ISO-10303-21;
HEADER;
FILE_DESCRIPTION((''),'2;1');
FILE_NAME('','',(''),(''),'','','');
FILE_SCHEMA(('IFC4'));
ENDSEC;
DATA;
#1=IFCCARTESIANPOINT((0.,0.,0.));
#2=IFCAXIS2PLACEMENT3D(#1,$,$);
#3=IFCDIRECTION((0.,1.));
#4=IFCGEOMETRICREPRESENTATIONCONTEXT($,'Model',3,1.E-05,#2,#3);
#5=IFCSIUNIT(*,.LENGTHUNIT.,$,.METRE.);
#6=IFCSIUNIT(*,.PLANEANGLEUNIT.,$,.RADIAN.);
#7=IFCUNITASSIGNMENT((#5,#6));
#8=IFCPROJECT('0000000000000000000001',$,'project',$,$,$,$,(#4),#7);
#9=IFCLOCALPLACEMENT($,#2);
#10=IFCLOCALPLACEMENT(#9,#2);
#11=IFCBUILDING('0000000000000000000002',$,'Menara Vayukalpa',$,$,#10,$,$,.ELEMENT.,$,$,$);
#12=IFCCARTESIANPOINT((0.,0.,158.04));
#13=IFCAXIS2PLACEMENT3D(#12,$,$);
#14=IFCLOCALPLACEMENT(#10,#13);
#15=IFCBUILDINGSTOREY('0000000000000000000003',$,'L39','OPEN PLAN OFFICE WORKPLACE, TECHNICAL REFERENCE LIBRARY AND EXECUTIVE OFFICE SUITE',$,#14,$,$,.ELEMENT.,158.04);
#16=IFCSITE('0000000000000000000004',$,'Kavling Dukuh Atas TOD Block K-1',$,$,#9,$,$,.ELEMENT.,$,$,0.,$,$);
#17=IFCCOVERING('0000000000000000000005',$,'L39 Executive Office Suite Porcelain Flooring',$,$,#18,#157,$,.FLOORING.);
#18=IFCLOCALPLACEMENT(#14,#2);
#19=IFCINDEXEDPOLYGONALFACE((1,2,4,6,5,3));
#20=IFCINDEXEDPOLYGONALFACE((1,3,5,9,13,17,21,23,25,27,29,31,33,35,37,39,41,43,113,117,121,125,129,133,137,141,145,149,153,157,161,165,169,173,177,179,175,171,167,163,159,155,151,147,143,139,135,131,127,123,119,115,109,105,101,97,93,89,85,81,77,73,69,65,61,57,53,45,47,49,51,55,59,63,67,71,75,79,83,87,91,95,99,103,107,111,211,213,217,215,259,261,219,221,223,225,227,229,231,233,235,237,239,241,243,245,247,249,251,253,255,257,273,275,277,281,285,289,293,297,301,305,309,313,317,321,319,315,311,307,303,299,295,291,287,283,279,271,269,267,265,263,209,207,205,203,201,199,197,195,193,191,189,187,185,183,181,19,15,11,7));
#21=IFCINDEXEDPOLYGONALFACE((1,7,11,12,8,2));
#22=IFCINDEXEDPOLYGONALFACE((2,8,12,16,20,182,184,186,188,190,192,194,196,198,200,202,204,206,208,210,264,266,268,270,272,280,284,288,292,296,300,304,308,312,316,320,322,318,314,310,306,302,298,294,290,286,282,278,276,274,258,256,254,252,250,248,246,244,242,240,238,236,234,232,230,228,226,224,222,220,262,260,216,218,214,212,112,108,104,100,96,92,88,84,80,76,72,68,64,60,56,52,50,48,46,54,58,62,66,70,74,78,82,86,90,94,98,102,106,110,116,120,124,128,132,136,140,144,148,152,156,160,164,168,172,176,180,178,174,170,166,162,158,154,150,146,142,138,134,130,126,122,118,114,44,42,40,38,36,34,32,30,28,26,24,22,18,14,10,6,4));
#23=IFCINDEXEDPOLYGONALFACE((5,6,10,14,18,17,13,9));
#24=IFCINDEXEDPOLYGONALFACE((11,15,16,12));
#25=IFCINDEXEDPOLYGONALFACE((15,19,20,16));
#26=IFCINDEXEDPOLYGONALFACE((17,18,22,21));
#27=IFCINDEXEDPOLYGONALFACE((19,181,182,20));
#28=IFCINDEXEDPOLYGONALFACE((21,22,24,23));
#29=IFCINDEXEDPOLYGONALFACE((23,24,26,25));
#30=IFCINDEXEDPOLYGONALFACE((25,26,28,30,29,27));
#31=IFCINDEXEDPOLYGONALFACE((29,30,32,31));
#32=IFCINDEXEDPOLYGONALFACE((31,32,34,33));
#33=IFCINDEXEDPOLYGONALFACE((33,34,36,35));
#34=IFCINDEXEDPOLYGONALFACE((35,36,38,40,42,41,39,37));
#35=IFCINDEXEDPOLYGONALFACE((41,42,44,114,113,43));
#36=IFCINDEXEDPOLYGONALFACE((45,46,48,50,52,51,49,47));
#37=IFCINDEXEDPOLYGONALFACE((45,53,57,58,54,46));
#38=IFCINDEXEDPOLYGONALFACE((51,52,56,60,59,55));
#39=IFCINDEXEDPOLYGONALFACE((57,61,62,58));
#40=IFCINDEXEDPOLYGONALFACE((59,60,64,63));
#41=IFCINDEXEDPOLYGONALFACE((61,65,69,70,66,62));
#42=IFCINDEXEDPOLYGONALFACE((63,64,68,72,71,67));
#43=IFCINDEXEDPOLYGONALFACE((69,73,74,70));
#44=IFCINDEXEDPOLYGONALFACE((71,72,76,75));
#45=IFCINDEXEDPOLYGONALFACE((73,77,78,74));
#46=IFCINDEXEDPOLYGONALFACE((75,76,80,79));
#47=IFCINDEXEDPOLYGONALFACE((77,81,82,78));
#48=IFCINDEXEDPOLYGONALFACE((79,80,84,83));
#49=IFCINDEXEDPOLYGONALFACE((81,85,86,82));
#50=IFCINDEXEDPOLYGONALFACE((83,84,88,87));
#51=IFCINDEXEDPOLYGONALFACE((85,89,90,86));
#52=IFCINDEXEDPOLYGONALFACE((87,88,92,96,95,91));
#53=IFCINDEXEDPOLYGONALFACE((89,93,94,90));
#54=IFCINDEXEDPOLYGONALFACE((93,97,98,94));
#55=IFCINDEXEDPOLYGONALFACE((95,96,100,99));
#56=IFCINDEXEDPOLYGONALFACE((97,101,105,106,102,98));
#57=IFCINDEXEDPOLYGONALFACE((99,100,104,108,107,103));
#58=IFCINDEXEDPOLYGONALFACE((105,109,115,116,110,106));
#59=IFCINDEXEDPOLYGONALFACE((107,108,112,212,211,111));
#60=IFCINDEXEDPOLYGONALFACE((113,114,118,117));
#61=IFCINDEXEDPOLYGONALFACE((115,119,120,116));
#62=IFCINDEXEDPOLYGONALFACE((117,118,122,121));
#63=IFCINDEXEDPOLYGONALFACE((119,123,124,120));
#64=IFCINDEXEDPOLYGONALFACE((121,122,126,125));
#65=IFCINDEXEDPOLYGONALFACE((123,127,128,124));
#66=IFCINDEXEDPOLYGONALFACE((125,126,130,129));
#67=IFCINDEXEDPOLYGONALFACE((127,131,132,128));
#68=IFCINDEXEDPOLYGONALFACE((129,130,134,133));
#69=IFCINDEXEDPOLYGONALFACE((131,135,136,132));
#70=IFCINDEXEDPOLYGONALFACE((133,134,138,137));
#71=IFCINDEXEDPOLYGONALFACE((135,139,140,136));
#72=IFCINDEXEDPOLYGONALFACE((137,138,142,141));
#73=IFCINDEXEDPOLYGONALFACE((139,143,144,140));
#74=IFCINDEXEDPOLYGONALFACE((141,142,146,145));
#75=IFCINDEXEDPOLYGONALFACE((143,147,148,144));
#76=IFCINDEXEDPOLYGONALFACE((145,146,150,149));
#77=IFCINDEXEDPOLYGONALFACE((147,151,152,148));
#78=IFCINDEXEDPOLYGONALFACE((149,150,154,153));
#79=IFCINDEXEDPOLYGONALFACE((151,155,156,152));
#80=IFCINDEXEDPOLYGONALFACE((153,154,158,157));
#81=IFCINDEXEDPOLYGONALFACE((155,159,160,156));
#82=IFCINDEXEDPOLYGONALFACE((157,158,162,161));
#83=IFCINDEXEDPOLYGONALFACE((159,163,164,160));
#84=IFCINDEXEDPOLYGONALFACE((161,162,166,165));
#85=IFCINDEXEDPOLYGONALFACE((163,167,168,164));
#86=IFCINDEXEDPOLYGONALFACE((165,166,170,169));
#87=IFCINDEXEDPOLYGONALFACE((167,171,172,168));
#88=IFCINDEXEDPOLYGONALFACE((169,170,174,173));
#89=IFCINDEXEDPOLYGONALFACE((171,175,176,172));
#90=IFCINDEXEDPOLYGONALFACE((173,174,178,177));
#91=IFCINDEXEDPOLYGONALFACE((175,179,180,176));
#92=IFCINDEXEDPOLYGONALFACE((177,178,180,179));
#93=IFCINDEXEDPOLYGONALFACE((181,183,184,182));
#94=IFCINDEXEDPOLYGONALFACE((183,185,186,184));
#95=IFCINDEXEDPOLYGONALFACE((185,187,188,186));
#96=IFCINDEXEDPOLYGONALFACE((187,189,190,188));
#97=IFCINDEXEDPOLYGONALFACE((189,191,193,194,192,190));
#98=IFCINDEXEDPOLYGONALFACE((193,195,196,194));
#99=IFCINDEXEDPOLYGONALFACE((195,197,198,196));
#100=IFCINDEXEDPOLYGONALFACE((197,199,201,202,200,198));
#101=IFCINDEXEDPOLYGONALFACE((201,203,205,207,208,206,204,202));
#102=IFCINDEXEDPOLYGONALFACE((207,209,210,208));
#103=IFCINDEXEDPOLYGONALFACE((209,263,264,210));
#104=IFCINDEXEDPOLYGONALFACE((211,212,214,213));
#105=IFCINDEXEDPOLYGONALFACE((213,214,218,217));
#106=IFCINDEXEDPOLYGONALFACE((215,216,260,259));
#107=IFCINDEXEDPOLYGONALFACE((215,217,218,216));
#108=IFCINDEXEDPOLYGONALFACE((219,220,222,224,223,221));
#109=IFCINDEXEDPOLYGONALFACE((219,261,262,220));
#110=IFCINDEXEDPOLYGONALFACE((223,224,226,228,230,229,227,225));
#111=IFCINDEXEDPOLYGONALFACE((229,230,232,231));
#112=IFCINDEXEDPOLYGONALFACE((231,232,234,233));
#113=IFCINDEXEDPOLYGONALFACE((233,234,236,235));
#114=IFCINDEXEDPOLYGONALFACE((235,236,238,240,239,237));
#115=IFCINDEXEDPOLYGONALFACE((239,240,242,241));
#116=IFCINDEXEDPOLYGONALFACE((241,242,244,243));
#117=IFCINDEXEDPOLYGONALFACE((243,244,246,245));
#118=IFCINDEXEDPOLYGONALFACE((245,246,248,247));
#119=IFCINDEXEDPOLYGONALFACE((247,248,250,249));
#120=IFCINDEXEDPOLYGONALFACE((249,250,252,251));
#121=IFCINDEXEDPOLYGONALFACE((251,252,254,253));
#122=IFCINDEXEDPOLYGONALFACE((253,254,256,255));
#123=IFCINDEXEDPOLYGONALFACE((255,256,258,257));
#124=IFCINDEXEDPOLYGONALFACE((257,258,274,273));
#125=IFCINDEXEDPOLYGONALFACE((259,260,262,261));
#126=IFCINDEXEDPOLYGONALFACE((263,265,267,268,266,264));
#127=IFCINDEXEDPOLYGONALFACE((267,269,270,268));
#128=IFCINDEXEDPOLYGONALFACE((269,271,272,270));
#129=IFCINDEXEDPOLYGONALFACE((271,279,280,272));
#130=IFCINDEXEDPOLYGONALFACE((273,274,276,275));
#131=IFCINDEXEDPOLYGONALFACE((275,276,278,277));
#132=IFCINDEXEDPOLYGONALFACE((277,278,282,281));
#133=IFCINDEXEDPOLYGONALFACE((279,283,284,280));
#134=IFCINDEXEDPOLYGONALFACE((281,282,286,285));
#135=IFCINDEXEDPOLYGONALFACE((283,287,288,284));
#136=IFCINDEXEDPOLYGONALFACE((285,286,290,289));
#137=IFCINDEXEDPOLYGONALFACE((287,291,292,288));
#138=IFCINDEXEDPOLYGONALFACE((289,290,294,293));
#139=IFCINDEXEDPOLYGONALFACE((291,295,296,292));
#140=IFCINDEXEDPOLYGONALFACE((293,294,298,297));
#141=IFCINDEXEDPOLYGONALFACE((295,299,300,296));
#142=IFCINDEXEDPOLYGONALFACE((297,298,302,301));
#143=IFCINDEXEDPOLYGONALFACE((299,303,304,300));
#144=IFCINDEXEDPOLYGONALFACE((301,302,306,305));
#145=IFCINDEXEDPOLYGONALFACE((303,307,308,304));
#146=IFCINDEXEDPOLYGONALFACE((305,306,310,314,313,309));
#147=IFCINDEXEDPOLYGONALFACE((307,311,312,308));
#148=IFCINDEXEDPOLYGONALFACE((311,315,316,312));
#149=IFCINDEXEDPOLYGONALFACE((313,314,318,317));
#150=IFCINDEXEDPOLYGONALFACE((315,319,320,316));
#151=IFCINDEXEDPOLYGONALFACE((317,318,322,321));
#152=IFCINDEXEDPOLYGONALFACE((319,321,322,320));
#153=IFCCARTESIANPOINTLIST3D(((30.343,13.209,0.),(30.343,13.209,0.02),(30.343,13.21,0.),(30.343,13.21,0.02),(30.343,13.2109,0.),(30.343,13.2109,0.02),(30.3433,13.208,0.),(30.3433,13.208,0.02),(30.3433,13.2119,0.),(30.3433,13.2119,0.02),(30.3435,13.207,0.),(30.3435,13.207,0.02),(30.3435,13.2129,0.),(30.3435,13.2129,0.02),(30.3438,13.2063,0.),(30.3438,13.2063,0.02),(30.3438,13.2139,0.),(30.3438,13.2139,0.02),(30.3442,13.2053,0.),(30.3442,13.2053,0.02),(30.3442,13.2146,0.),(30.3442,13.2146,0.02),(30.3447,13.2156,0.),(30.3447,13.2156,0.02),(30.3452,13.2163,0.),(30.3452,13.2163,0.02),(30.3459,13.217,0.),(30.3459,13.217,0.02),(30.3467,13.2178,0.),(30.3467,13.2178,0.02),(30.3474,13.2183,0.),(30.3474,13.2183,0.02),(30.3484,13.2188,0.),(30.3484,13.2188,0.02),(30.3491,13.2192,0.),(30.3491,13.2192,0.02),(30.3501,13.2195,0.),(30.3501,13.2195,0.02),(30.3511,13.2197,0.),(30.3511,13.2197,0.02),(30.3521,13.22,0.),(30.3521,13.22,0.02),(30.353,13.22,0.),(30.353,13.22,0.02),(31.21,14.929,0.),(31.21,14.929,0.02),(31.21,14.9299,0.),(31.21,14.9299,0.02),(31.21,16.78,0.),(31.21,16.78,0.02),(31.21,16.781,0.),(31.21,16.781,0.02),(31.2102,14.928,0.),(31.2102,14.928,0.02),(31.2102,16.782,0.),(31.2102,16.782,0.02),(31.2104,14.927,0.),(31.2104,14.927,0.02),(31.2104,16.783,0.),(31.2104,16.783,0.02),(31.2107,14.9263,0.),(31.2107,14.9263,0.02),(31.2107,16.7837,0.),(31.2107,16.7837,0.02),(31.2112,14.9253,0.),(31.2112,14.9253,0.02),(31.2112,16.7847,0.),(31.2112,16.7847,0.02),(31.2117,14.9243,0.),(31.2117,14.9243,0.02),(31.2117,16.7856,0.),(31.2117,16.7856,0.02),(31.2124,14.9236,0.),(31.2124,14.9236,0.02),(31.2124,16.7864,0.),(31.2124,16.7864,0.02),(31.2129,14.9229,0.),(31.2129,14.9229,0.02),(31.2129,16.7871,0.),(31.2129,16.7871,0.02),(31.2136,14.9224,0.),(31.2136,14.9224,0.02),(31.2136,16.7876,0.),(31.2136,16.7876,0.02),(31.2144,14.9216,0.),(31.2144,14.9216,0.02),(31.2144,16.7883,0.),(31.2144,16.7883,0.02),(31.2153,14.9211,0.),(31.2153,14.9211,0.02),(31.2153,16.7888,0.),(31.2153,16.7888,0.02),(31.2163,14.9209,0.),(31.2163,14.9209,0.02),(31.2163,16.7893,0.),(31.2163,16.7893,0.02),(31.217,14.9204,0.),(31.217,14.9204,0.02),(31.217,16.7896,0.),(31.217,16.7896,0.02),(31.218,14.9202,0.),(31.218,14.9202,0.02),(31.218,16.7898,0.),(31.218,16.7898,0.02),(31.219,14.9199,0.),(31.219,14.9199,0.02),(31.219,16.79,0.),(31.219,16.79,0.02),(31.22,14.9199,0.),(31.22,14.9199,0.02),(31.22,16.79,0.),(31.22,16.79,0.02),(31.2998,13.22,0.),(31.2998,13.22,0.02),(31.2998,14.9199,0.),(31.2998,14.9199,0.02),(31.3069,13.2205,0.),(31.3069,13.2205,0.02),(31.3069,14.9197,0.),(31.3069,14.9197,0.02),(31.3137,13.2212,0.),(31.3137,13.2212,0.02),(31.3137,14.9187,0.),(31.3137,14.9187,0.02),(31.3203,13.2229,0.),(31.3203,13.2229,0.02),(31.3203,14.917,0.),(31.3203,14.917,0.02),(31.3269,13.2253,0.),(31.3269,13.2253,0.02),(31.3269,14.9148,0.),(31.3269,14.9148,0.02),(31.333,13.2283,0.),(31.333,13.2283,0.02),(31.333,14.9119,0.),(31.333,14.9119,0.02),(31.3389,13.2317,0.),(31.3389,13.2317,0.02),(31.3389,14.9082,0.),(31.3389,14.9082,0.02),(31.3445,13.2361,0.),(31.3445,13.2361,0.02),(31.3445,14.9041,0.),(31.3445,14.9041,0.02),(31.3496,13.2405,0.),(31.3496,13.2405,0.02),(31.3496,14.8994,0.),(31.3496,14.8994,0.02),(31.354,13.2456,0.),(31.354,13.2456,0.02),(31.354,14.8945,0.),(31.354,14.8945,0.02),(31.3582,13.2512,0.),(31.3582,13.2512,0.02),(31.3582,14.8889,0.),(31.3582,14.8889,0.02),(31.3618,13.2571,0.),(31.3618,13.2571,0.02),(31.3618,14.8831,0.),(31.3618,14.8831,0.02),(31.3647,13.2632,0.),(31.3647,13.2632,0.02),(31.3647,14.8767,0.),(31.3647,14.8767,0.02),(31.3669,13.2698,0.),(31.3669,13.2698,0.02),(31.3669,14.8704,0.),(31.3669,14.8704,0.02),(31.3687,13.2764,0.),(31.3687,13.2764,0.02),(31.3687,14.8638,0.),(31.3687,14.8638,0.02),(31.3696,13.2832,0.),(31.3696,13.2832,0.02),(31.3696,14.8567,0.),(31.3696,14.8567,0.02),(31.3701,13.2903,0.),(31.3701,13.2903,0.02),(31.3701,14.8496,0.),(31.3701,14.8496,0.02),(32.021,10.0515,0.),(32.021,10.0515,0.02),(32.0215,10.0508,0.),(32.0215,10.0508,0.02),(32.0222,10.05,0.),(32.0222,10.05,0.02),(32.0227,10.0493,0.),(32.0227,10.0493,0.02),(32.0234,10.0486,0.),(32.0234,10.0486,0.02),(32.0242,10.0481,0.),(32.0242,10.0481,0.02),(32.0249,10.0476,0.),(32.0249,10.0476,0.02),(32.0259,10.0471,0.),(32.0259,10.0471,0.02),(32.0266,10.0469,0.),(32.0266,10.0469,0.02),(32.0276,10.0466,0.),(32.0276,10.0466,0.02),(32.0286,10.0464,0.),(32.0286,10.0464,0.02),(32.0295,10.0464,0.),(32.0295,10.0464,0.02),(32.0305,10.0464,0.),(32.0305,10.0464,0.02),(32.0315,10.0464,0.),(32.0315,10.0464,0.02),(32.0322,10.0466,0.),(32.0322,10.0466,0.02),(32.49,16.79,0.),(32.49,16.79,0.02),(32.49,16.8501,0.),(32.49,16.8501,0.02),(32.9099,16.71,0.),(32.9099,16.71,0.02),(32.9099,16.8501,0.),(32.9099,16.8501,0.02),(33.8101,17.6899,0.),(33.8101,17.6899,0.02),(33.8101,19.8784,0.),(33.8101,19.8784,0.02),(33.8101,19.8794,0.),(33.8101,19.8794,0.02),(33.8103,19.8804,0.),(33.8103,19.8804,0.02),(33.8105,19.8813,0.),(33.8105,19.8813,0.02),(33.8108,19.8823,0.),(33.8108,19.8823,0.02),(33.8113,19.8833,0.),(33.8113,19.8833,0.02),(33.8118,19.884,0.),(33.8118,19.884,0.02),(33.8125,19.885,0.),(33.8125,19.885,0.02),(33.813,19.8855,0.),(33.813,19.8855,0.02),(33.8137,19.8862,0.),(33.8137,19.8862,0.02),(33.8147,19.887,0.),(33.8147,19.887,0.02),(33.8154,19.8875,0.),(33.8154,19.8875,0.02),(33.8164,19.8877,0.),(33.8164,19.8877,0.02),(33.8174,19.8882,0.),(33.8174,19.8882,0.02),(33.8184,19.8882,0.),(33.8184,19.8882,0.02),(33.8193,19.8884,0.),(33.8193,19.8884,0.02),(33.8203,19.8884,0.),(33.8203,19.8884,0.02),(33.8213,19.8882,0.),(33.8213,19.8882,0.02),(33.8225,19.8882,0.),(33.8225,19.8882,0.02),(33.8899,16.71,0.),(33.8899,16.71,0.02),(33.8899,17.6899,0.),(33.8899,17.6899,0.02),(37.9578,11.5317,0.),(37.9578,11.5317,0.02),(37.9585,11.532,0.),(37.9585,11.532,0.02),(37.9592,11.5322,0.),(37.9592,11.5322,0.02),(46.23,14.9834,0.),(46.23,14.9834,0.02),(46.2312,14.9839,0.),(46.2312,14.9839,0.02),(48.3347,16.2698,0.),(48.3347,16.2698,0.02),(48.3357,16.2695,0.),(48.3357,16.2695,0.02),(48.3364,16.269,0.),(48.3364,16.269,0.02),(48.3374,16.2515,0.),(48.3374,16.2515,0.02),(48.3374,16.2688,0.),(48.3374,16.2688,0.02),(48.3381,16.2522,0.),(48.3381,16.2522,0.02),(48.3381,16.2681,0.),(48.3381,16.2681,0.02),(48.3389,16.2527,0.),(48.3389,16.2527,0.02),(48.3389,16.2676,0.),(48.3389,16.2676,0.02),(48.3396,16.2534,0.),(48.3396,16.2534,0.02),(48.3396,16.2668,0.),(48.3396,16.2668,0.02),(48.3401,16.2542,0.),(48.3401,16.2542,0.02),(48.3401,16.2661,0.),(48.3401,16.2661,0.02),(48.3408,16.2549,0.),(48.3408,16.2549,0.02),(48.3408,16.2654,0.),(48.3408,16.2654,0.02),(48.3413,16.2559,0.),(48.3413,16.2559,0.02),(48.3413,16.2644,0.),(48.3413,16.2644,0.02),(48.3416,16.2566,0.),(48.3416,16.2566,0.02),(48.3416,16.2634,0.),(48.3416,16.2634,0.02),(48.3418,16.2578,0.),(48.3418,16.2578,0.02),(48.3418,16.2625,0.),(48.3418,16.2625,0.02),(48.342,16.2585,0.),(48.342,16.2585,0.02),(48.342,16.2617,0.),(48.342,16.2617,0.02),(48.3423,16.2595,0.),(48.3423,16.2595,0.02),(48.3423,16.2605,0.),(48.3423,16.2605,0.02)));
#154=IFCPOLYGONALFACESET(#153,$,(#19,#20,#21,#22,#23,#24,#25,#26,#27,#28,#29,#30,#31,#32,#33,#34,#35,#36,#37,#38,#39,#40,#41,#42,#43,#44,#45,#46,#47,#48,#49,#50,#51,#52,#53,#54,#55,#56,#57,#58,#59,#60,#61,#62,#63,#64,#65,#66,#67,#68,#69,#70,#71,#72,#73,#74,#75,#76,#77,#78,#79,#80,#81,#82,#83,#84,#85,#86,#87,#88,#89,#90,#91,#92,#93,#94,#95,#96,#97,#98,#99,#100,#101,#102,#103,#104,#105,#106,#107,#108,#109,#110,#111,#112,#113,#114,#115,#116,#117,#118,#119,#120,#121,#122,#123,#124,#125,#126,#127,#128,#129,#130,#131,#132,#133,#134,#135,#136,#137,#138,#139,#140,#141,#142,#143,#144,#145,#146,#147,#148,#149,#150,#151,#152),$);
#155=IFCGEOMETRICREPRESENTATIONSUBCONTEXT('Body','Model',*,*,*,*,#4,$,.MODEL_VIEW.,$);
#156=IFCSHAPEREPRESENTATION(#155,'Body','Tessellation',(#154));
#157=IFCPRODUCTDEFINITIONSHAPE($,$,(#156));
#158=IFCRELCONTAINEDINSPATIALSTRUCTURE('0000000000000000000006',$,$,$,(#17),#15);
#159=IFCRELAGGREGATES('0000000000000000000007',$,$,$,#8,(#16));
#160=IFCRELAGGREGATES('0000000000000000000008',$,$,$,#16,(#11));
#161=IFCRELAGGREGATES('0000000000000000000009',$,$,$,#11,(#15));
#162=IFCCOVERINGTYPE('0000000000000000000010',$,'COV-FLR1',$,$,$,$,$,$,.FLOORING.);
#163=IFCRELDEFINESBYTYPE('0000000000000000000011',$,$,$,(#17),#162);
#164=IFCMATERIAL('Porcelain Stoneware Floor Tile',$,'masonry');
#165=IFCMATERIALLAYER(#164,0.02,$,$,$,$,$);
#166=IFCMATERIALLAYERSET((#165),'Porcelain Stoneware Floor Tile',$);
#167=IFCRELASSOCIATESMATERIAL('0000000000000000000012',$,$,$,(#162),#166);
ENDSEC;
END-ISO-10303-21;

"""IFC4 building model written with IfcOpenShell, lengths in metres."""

from ifc_helpers import new_model, si_unit, direction, frame, origin, place, context, subcontext, project, spatial, polyline, outline, extrude, material, layer, layer_set, type_object, element, save


model = new_model("IFC4")

# Units and contexts
model_context = context("Model", 3, precision=1e-05, world=origin(), true_north=direction((0.0, 1.0)))
body_context = subcontext(model_context, "Body", "Model", "MODEL_VIEW")
ifc_project = project(units=[si_unit("LENGTHUNIT", "METRE"), si_unit("PLANEANGLEUNIT", "RADIAN")], contexts=[model_context])

# Site, building, storey
site_placement = place(None, origin())
site = spatial("IfcSite", under=ifc_project, at=site_placement, Name="Kavling Dukuh Atas TOD Block K-1", CompositionType="ELEMENT", RefElevation=0.0)
building_placement = place(site_placement, origin())
building = spatial("IfcBuilding", under=site, at=building_placement, Name="Menara Vayukalpa", CompositionType="ELEMENT")
storey_placement = place(building_placement, frame((0.0, 0.0, 158.04)))
storey = spatial("IfcBuildingStorey", under=building, at=storey_placement, Name="L39", Description="OPEN PLAN OFFICE WORKPLACE, TECHNICAL REFERENCE LIBRARY AND EXECUTIVE OFFICE SUITE", CompositionType="ELEMENT", Elevation=158.04)

# Covering
ifc_material_1 = material(Name="Porcelain Stoneware Floor Tile", Category="masonry")
ifc_layer_1 = layer(ifc_material_1, 0.02)
ifc_layer_set_1 = layer_set([ifc_layer_1], Name="Porcelain Stoneware Floor Tile")
covering_type_1 = type_object("IfcCoveringType", Name="COV-FLR1", PredefinedType="FLOORING", material=ifc_layer_set_1)
covering_1_placement = place(storey_placement, origin())
element("IfcCovering", 1, at=covering_1_placement, inside=storey, type_object=covering_type_1, Name="L39 Executive Office Suite Porcelain Flooring", PredefinedType="FLOORING", context=body_context, shape_type="SweptSolid", body=[
    extrude(outline(polyline([(37.9578, 11.5317), (32.0322, 10.0466), (32.0315, 10.0464), (32.0305, 10.0464), (32.0295, 10.0464), (32.0286, 10.0464), (32.0276, 10.0466), (32.0266, 10.0469), (32.0259, 10.0471), (32.0249, 10.0476), (32.0242, 10.0481), (32.0234, 10.0486), (32.0227, 10.0493), (32.0222, 10.05), (32.0215, 10.0508), (32.021, 10.0515), (30.3442, 13.2053), (30.3438, 13.2063), (30.3435, 13.207), (30.3433, 13.208), (30.343, 13.209), (30.343, 13.21), (30.343, 13.2109), (30.3433, 13.2119), (30.3435, 13.2129), (30.3438, 13.2139), (30.3442, 13.2146), (30.3447, 13.2156), (30.3452, 13.2163), (30.3459, 13.217), (30.3467, 13.2178), (30.3474, 13.2183), (30.3484, 13.2188), (30.3491, 13.2192), (30.3501, 13.2195), (30.3511, 13.2197), (30.3521, 13.22), (30.353, 13.22), (31.2998, 13.22), (31.3069, 13.2205), (31.3137, 13.2212), (31.3203, 13.2229), (31.3269, 13.2253), (31.333, 13.2283), (31.3389, 13.2317), (31.3445, 13.2361), (31.3496, 13.2405), (31.354, 13.2456), (31.3582, 13.2512), (31.3618, 13.2571), (31.3647, 13.2632), (31.3669, 13.2698), (31.3687, 13.2764), (31.3696, 13.2832), (31.3701, 13.2903), (31.3701, 14.8496), (31.3696, 14.8567), (31.3687, 14.8638), (31.3669, 14.8704), (31.3647, 14.8767), (31.3618, 14.8831), (31.3582, 14.8889), (31.354, 14.8945), (31.3496, 14.8994), (31.3445, 14.9041), (31.3389, 14.9082), (31.333, 14.9119), (31.3269, 14.9148), (31.3203, 14.917), (31.3137, 14.9187), (31.3069, 14.9197), (31.2998, 14.9199), (31.22, 14.9199), (31.219, 14.9199), (31.218, 14.9202), (31.217, 14.9204), (31.2163, 14.9209), (31.2153, 14.9211), (31.2144, 14.9216), (31.2136, 14.9224), (31.2129, 14.9229), (31.2124, 14.9236), (31.2117, 14.9243), (31.2112, 14.9253), (31.2107, 14.9263), (31.2104, 14.927), (31.2102, 14.928), (31.21, 14.929), (31.21, 14.9299), (31.21, 16.78), (31.21, 16.781), (31.2102, 16.782), (31.2104, 16.783), (31.2107, 16.7837), (31.2112, 16.7847), (31.2117, 16.7856), (31.2124, 16.7864), (31.2129, 16.7871), (31.2136, 16.7876), (31.2144, 16.7883), (31.2153, 16.7888), (31.2163, 16.7893), (31.217, 16.7896), (31.218, 16.7898), (31.219, 16.79), (31.22, 16.79), (32.49, 16.79), (32.49, 16.8501), (32.9099, 16.8501), (32.9099, 16.71), (33.8899, 16.71), (33.8899, 17.6899), (33.8101, 17.6899), (33.8101, 19.8784), (33.8101, 19.8794), (33.8103, 19.8804), (33.8105, 19.8813), (33.8108, 19.8823), (33.8113, 19.8833), (33.8118, 19.884), (33.8125, 19.885), (33.813, 19.8855), (33.8137, 19.8862), (33.8147, 19.887), (33.8154, 19.8875), (33.8164, 19.8877), (33.8174, 19.8882), (33.8184, 19.8882), (33.8193, 19.8884), (33.8203, 19.8884), (33.8213, 19.8882), (33.8225, 19.8882), (48.3347, 16.2698), (48.3357, 16.2695), (48.3364, 16.269), (48.3374, 16.2688), (48.3381, 16.2681), (48.3389, 16.2676), (48.3396, 16.2668), (48.3401, 16.2661), (48.3408, 16.2654), (48.3413, 16.2644), (48.3416, 16.2634), (48.3418, 16.2625), (48.342, 16.2617), (48.3423, 16.2605), (48.3423, 16.2595), (48.342, 16.2585), (48.3418, 16.2578), (48.3416, 16.2566), (48.3413, 16.2559), (48.3408, 16.2549), (48.3401, 16.2542), (48.3396, 16.2534), (48.3389, 16.2527), (48.3381, 16.2522), (48.3374, 16.2515), (46.2312, 14.9839), (46.23, 14.9834), (37.9592, 11.5322), (37.9585, 11.532), (37.9578, 11.5317)])), origin(), (0.0, 0.0, 1.0), 0.02),
])

save(model, "model.ifc")
